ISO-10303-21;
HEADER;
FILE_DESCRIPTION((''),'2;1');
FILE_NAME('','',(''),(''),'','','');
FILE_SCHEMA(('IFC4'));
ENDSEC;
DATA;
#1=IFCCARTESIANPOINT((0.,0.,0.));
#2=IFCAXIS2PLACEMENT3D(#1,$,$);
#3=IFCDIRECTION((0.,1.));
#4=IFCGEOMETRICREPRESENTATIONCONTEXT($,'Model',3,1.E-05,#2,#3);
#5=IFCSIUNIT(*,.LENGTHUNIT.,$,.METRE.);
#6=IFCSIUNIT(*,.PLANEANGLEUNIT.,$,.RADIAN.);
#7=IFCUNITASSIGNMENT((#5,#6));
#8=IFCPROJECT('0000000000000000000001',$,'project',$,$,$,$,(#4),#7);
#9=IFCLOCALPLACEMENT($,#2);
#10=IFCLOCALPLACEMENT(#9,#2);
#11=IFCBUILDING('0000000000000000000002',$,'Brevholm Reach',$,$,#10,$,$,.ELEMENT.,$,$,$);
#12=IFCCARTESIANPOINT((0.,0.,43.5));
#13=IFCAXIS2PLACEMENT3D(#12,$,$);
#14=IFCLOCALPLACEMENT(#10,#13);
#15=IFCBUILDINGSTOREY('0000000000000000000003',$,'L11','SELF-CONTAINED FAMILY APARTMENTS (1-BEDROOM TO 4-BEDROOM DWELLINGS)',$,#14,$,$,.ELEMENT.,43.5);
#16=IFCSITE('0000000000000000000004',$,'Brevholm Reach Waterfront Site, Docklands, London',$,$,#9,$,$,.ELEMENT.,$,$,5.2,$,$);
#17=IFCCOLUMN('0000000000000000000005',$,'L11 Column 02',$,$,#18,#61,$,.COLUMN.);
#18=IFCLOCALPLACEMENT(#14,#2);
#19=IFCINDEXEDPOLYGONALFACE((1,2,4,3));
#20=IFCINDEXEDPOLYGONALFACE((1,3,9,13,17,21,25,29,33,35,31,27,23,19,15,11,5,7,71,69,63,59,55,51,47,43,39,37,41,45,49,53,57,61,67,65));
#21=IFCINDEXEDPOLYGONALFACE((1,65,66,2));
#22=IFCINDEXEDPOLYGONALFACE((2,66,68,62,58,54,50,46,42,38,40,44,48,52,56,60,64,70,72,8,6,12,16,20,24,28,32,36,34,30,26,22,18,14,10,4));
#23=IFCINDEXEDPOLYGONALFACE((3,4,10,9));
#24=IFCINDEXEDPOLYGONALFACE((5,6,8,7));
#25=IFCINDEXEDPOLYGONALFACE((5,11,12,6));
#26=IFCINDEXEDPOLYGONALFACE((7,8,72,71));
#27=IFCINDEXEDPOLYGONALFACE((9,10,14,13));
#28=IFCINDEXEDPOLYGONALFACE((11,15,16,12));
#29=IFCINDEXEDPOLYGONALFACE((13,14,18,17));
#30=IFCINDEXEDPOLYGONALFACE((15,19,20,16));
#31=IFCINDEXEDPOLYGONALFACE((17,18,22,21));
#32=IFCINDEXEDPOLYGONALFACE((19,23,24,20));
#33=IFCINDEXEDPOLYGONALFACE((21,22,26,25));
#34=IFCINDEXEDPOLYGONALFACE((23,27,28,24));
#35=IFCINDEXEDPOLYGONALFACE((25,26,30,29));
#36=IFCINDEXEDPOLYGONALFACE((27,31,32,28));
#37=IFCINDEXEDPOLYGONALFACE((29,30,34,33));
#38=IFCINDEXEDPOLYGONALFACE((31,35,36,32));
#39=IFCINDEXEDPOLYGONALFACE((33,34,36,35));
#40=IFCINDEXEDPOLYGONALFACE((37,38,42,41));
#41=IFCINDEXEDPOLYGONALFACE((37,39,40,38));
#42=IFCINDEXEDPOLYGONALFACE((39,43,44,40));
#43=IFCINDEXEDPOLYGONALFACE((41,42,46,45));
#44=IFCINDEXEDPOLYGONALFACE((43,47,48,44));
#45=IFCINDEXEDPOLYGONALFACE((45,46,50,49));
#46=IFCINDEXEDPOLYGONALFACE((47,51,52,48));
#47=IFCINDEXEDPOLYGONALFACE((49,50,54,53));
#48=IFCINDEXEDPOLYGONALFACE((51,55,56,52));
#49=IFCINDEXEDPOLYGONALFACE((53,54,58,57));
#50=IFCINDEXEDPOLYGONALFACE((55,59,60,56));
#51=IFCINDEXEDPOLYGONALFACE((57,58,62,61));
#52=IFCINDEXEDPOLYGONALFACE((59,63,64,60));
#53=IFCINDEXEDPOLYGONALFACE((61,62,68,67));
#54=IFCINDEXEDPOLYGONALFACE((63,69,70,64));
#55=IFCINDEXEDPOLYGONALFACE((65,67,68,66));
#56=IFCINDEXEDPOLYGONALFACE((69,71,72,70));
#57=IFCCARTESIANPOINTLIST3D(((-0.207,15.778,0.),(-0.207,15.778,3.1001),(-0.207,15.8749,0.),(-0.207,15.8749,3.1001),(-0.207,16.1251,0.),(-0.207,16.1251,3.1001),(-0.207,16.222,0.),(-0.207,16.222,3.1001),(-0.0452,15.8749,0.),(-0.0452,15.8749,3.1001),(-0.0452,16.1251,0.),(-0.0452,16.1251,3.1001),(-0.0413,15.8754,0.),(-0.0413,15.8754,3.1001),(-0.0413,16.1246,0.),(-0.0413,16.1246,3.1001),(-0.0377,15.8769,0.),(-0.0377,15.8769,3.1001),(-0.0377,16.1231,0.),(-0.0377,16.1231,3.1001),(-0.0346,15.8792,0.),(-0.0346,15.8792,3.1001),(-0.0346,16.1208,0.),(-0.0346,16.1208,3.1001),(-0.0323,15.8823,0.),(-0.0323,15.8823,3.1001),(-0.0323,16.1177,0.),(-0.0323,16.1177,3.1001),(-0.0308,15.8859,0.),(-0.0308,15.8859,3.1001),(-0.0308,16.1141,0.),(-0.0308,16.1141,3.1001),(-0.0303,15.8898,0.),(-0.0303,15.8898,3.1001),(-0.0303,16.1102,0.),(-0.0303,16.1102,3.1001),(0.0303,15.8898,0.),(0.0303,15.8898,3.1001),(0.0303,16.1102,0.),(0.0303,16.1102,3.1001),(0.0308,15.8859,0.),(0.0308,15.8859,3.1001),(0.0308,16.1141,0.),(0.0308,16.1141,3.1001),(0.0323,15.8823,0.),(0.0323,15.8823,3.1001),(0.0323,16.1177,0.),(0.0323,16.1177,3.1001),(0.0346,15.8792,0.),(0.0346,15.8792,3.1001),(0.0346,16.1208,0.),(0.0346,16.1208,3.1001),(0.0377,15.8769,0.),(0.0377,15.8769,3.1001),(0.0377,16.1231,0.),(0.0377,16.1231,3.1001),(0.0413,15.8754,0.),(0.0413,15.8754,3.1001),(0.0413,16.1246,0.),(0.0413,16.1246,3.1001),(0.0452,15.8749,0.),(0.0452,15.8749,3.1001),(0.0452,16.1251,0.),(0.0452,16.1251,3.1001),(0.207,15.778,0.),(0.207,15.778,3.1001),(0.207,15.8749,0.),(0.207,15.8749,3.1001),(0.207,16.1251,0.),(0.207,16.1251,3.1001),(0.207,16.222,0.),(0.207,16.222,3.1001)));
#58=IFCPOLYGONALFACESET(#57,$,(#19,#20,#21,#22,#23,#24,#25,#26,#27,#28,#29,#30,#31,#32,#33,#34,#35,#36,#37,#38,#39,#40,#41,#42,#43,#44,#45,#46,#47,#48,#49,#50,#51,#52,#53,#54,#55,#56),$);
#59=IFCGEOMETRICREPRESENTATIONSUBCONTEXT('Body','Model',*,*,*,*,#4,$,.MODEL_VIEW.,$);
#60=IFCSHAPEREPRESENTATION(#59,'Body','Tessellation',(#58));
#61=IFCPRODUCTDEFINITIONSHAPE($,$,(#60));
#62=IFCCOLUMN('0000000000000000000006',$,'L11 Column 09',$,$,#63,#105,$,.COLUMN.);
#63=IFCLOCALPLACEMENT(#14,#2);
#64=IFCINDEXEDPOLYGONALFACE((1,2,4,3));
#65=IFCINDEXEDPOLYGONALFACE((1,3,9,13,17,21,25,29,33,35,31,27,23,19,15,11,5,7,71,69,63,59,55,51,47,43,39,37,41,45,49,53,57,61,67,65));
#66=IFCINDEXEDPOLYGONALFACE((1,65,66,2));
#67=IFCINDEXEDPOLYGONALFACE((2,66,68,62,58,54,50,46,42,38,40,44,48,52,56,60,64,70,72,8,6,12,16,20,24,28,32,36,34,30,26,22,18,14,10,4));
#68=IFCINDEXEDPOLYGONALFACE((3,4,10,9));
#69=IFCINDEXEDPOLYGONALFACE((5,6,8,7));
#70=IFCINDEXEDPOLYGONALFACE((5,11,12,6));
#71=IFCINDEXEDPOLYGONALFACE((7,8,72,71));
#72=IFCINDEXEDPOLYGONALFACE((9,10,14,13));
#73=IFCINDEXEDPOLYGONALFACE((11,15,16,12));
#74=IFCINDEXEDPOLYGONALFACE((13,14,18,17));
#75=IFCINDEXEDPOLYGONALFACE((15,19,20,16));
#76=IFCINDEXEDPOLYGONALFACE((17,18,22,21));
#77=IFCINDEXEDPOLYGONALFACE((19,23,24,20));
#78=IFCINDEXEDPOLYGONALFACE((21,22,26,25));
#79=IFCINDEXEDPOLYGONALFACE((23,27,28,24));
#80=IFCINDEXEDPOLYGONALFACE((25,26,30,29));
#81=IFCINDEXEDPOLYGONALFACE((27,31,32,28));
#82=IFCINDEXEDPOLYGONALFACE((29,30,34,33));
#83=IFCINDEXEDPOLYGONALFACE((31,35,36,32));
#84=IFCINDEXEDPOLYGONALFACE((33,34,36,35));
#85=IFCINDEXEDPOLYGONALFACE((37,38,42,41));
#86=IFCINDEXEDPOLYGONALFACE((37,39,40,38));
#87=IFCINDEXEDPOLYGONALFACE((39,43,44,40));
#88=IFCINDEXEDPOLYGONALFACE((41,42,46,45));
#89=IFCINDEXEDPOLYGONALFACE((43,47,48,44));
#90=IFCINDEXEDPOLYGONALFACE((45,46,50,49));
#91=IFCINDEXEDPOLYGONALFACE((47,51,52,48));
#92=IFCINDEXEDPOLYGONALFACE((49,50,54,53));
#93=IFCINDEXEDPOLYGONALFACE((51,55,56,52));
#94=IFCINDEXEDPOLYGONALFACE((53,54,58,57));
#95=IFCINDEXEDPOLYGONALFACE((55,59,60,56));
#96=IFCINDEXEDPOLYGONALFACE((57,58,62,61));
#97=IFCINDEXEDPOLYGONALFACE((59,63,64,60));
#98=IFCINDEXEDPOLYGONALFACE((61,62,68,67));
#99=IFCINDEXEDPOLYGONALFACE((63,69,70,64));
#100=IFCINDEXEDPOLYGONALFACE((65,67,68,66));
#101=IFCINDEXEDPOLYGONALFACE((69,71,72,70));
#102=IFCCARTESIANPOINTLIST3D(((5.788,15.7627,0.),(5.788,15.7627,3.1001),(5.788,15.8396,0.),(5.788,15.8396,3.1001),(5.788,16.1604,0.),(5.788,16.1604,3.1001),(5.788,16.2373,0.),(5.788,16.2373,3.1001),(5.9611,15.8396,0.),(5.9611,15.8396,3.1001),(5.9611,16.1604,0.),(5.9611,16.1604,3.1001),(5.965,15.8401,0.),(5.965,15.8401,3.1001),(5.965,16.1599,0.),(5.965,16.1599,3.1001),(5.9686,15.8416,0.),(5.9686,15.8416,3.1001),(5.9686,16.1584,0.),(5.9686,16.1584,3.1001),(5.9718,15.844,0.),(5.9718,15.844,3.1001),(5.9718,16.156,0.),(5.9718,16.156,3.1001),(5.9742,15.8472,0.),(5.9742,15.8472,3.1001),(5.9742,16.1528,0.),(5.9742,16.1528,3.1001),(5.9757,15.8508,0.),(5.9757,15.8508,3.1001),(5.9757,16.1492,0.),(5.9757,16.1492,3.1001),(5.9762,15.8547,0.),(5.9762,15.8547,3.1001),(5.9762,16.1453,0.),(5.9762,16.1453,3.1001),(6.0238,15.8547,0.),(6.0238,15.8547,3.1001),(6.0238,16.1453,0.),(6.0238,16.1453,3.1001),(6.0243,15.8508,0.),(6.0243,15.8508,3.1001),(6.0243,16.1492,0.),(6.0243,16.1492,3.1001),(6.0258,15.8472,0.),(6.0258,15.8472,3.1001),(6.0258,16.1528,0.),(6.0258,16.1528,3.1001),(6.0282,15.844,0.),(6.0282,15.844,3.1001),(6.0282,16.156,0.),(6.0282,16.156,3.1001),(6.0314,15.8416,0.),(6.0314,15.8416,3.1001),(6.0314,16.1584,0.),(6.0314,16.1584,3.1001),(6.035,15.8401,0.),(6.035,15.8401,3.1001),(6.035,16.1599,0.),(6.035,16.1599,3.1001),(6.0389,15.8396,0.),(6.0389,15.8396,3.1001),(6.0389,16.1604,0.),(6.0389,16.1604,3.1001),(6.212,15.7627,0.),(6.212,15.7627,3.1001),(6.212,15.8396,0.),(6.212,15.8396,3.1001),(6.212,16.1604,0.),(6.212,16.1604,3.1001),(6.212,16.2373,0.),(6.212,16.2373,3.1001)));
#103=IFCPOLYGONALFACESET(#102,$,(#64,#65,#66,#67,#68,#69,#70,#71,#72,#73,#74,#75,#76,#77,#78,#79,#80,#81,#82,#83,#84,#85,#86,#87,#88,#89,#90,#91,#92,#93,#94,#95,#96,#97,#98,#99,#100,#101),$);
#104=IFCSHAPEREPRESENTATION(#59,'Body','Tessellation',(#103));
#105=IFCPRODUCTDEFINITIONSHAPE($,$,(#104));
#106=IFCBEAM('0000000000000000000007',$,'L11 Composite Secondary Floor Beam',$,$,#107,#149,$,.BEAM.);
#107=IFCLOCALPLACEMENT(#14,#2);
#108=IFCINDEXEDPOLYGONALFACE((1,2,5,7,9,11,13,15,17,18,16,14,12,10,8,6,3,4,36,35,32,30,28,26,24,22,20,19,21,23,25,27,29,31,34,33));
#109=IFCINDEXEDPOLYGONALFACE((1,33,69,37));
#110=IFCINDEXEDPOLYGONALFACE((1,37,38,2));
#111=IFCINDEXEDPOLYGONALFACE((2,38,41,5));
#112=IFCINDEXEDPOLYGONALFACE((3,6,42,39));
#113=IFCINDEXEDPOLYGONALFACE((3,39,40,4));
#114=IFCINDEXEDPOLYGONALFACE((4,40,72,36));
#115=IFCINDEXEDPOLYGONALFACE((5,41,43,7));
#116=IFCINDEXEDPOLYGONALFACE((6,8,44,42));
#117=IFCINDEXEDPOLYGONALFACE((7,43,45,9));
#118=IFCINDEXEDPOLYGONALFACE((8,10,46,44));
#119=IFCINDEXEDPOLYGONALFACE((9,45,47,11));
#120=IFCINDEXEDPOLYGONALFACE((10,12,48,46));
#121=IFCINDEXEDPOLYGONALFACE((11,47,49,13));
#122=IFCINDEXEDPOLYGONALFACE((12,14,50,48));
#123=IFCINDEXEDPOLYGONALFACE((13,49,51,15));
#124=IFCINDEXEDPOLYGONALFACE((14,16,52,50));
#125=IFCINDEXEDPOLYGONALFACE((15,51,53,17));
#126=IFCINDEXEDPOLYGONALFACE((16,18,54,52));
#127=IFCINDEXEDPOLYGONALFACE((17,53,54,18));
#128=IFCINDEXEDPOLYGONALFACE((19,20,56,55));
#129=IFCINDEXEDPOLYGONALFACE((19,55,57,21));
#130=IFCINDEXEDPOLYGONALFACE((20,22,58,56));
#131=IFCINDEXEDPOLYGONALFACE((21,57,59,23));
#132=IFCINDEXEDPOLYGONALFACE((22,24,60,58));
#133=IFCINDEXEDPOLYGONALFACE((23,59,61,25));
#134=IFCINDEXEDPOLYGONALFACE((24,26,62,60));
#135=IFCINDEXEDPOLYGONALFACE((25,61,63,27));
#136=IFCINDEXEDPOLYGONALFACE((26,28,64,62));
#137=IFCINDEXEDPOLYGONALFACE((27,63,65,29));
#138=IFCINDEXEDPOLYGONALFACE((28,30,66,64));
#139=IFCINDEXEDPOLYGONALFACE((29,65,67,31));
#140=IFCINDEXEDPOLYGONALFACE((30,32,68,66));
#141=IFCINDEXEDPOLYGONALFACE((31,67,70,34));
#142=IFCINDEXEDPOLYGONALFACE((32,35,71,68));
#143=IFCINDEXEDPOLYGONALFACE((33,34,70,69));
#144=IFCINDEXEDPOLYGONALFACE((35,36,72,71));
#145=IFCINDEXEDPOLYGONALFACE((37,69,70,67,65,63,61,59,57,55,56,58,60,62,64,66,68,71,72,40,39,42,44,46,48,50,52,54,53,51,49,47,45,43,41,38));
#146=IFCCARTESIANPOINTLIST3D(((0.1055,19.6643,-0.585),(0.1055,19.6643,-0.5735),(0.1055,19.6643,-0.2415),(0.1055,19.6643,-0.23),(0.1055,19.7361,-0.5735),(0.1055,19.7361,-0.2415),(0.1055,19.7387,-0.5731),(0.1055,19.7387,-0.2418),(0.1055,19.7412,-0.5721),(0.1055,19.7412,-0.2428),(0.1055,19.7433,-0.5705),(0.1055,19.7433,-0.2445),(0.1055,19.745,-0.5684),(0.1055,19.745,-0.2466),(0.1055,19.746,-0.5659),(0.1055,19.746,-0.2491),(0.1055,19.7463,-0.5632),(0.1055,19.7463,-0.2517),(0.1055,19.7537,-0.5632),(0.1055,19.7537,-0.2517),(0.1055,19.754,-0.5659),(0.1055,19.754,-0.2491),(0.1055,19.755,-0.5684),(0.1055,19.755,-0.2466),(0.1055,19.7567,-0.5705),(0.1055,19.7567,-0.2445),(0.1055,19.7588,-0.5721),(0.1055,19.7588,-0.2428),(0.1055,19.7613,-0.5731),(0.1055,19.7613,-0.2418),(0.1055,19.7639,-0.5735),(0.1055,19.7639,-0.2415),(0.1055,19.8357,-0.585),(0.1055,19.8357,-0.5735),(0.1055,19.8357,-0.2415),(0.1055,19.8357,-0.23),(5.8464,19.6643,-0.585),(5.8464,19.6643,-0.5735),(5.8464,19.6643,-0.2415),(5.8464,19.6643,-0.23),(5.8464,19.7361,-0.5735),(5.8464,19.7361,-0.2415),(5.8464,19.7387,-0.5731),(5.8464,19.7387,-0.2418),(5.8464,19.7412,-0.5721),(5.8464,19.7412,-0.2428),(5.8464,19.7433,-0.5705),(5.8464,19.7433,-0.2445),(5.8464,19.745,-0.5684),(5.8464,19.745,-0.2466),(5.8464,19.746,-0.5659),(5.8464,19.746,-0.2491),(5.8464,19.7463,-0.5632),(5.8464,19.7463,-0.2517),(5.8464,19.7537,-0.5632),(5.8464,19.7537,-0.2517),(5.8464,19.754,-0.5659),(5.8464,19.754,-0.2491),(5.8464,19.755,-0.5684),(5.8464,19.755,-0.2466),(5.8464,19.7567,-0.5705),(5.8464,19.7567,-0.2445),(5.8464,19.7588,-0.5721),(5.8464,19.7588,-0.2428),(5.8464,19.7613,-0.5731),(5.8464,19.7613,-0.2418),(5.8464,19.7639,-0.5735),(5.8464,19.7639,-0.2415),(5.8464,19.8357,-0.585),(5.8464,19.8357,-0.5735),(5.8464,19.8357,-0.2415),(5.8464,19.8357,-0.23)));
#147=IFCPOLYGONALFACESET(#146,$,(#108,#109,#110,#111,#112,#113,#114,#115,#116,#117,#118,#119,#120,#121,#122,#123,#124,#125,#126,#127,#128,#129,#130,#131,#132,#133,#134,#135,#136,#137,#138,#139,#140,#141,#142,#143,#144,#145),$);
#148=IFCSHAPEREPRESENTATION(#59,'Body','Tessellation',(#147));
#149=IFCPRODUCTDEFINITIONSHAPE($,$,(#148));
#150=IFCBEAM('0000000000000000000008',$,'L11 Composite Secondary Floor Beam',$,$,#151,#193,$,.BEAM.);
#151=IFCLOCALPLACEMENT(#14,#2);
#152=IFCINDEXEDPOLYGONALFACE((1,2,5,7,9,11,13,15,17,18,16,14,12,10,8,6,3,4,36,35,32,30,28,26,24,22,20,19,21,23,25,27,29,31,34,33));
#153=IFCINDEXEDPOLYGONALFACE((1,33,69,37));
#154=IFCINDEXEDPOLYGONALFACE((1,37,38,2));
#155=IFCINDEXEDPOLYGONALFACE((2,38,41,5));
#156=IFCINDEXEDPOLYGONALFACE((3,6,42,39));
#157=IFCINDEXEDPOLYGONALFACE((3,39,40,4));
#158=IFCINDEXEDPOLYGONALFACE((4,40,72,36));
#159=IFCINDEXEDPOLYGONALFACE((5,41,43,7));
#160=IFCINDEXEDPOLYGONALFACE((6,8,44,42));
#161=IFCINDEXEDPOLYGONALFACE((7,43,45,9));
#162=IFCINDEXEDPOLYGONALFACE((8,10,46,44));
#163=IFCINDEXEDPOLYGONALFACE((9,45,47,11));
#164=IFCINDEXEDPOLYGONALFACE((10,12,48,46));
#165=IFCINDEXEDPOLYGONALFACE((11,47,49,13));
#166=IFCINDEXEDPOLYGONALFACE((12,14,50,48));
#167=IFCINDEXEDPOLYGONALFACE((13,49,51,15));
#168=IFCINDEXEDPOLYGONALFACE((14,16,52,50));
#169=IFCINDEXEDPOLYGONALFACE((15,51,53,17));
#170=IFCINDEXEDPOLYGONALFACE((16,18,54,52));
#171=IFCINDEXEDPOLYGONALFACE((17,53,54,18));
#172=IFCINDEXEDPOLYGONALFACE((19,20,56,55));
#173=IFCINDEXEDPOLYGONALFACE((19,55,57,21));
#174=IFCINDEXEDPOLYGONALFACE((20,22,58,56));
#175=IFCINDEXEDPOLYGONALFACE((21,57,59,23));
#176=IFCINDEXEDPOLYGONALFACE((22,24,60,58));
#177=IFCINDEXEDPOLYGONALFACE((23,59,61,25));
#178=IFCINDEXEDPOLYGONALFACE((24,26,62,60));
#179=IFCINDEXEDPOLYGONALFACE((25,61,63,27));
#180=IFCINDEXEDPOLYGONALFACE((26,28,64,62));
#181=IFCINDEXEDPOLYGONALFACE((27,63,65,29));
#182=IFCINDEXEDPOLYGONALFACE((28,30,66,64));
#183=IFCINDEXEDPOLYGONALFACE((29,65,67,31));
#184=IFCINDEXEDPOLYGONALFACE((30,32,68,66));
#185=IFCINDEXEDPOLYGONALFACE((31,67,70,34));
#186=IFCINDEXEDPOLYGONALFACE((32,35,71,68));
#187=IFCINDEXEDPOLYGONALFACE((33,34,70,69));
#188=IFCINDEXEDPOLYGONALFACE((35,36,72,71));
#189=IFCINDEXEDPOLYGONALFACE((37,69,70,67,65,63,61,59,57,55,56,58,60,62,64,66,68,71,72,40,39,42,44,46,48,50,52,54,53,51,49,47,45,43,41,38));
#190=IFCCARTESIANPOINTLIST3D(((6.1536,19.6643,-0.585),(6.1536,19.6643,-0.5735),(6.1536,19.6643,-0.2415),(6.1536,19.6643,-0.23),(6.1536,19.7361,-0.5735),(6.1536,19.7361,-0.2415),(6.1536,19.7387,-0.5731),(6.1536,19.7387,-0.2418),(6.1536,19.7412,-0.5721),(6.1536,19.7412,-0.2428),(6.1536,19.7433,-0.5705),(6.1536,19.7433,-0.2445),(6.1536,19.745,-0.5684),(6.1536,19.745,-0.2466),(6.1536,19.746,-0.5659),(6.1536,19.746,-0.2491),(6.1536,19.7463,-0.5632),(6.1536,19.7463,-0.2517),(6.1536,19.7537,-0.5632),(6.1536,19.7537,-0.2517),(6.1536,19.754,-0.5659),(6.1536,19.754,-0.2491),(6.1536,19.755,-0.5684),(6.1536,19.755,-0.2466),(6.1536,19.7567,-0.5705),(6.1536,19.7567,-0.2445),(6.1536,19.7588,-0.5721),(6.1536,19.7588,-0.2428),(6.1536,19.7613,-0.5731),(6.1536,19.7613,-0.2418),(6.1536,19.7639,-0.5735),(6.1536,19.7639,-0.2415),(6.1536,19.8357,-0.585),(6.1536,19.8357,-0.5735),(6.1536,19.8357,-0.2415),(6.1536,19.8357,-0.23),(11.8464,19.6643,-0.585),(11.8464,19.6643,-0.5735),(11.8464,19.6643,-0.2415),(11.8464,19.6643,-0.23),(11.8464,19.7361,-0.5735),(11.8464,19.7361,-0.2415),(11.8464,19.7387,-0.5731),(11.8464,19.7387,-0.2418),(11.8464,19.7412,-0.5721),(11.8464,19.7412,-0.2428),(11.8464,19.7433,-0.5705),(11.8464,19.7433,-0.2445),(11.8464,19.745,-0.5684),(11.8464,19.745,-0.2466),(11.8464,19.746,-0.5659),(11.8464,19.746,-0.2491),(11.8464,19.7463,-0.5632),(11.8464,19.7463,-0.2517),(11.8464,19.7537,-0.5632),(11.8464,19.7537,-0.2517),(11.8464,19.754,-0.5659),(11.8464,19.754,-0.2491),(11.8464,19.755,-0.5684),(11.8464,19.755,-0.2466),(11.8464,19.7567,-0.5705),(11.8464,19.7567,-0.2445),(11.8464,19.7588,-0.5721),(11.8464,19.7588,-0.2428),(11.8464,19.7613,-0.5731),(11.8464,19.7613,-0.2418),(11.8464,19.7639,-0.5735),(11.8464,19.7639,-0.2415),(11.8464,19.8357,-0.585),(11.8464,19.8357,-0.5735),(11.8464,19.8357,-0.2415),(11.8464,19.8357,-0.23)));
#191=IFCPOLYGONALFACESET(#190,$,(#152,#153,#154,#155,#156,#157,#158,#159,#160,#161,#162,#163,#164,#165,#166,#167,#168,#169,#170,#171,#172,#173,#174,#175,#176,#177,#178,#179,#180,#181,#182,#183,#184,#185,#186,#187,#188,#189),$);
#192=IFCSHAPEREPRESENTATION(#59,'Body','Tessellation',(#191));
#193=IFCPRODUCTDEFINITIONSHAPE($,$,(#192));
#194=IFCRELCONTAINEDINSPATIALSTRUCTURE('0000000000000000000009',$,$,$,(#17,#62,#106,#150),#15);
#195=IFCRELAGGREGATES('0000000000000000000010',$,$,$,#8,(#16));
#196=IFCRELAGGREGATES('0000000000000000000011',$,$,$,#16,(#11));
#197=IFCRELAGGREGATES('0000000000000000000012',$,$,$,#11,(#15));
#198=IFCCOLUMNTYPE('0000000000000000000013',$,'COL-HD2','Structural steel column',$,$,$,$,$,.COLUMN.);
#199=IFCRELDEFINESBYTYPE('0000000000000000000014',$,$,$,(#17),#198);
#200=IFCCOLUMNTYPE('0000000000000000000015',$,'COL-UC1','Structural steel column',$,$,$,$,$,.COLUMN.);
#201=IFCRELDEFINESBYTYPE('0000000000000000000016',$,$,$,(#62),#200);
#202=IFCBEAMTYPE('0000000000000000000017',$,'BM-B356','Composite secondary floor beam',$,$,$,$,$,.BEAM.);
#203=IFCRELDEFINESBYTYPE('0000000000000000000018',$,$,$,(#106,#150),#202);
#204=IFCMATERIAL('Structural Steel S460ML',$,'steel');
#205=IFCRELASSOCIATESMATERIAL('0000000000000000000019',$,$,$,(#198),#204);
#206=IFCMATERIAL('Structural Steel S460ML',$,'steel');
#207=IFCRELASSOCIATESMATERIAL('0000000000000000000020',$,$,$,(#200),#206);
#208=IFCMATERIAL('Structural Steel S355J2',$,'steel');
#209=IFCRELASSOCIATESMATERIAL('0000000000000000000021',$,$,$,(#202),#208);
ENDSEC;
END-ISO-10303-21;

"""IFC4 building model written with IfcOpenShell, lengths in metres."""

from ifc_helpers import new_model, si_unit, direction, frame, origin, origin_2d, place, context, subcontext, project, spatial, i_section, extrude, material, material_profile, profile_set, type_object, element, save


model = new_model("IFC4")

# Units and contexts
model_context = context("Model", 3, precision=1e-05, world=origin(), true_north=direction((0.0, 1.0)))
body_context = subcontext(model_context, "Body", "Model", "MODEL_VIEW")
ifc_project = project(units=[si_unit("LENGTHUNIT", "METRE"), si_unit("PLANEANGLEUNIT", "RADIAN")], contexts=[model_context])

# Site, building, storey
site_placement = place(None, origin())
site = spatial("IfcSite", under=ifc_project, at=site_placement, Name="Brevholm Reach Waterfront Site, Docklands, London", CompositionType="ELEMENT", RefElevation=5.2)
building_placement = place(site_placement, origin())
building = spatial("IfcBuilding", under=site, at=building_placement, Name="Brevholm Reach", CompositionType="ELEMENT")
storey_placement = place(building_placement, frame((0.0, 0.0, 43.5)))
storey = spatial("IfcBuildingStorey", under=building, at=storey_placement, Name="L11", Description="SELF-CONTAINED FAMILY APARTMENTS (1-BEDROOM TO 4-BEDROOM DWELLINGS)", CompositionType="ELEMENT", Elevation=43.5)

# Columns
ifc_material_1 = material(Name="Structural Steel S460ML", Category="steel")
ifc_material_profile_1 = material_profile(ifc_material_1, i_section(OverallWidth=0.4141, OverallDepth=0.4441, WebThickness=0.0605, FlangeThickness=0.0969, FilletRadius=0.0149, at=origin_2d()), Name="HD 400x818")
ifc_profile_set_1 = profile_set([ifc_material_profile_1], Name="Structural Steel S460ML")
column_type_1 = type_object("IfcColumnType", Name="COL-HD2", Description="Structural steel column", PredefinedType="COLUMN", material=ifc_profile_set_1)
column_1_placement = place(storey_placement, frame((0.0, 16.0, 0.0), z_axis=(0.0, 0.0, 1.0), x_axis=(1.0, 0.0, 0.0)))
element("IfcColumn", 1, at=column_1_placement, inside=storey, type_object=column_type_1, Name="L11 Column 02", PredefinedType="COLUMN", context=body_context, shape_type="SweptSolid", body=[
    extrude(i_section(OverallWidth=0.4141, OverallDepth=0.4441, WebThickness=0.0605, FlangeThickness=0.0969, FilletRadius=0.0149, at=origin_2d()), origin(), (0.0, 0.0, 1.0), 3.1001),
])
ifc_material_2 = material(Name="Structural Steel S460ML", Category="steel")
ifc_material_profile_2 = material_profile(ifc_material_2, i_section(OverallWidth=0.4241, OverallDepth=0.4746, WebThickness=0.0476, FlangeThickness=0.0769, FilletRadius=0.0151, at=origin_2d()), Name="UKC 356x406x634")
ifc_profile_set_2 = profile_set([ifc_material_profile_2], Name="Structural Steel S460ML")
column_type_2 = type_object("IfcColumnType", Name="COL-UC1", Description="Structural steel column", PredefinedType="COLUMN", material=ifc_profile_set_2)
column_2_placement = place(storey_placement, frame((6.0, 16.0, 0.0), z_axis=(0.0, 0.0, 1.0), x_axis=(1.0, 0.0, 0.0)))
element("IfcColumn", 2, at=column_2_placement, inside=storey, type_object=column_type_2, Name="L11 Column 09", PredefinedType="COLUMN", context=body_context, shape_type="SweptSolid", body=[
    extrude(i_section(OverallWidth=0.4241, OverallDepth=0.4746, WebThickness=0.0476, FlangeThickness=0.0769, FilletRadius=0.0151, at=origin_2d()), origin(), (0.0, 0.0, 1.0), 3.1001),
])

# Beams
ifc_material_3 = material(Name="Structural Steel S355J2", Category="steel")
ifc_material_profile_3 = material_profile(ifc_material_3, i_section(OverallWidth=0.1714, OverallDepth=0.355, WebThickness=0.0073, FlangeThickness=0.0115, FilletRadius=0.0103, at=origin_2d()), Name="UKB 356x171x51")
ifc_profile_set_3 = profile_set([ifc_material_profile_3], Name="Structural Steel S355J2")
beam_type_1 = type_object("IfcBeamType", Name="BM-B356", Description="Composite secondary floor beam", PredefinedType="BEAM", material=ifc_profile_set_3)
beam_1_placement = place(storey_placement, frame((0.1055, 19.75, -0.4075), z_axis=(1.0, 0.0, 0.0), x_axis=(0.0, 1.0, 0.0)))
element("IfcBeam", 3, at=beam_1_placement, inside=storey, type_object=beam_type_1, Name="L11 Composite Secondary Floor Beam", PredefinedType="BEAM", context=body_context, shape_type="SweptSolid", body=[
    extrude(i_section(OverallWidth=0.1714, OverallDepth=0.355, WebThickness=0.0073, FlangeThickness=0.0115, FilletRadius=0.0103, at=origin_2d()), origin(), (0.0, 0.0, 1.0), 5.741),
])
beam_2_placement = place(storey_placement, frame((6.1536, 19.75, -0.4075), z_axis=(1.0, 0.0, 0.0), x_axis=(0.0, 1.0, 0.0)))
element("IfcBeam", 4, at=beam_2_placement, inside=storey, type_object=beam_type_1, Name="L11 Composite Secondary Floor Beam", PredefinedType="BEAM", context=body_context, shape_type="SweptSolid", body=[
    extrude(i_section(OverallWidth=0.1714, OverallDepth=0.355, WebThickness=0.0073, FlangeThickness=0.0115, FilletRadius=0.0103, at=origin_2d()), origin(), (0.0, 0.0, 1.0), 5.6929),
])

save(model, "model.ifc")
